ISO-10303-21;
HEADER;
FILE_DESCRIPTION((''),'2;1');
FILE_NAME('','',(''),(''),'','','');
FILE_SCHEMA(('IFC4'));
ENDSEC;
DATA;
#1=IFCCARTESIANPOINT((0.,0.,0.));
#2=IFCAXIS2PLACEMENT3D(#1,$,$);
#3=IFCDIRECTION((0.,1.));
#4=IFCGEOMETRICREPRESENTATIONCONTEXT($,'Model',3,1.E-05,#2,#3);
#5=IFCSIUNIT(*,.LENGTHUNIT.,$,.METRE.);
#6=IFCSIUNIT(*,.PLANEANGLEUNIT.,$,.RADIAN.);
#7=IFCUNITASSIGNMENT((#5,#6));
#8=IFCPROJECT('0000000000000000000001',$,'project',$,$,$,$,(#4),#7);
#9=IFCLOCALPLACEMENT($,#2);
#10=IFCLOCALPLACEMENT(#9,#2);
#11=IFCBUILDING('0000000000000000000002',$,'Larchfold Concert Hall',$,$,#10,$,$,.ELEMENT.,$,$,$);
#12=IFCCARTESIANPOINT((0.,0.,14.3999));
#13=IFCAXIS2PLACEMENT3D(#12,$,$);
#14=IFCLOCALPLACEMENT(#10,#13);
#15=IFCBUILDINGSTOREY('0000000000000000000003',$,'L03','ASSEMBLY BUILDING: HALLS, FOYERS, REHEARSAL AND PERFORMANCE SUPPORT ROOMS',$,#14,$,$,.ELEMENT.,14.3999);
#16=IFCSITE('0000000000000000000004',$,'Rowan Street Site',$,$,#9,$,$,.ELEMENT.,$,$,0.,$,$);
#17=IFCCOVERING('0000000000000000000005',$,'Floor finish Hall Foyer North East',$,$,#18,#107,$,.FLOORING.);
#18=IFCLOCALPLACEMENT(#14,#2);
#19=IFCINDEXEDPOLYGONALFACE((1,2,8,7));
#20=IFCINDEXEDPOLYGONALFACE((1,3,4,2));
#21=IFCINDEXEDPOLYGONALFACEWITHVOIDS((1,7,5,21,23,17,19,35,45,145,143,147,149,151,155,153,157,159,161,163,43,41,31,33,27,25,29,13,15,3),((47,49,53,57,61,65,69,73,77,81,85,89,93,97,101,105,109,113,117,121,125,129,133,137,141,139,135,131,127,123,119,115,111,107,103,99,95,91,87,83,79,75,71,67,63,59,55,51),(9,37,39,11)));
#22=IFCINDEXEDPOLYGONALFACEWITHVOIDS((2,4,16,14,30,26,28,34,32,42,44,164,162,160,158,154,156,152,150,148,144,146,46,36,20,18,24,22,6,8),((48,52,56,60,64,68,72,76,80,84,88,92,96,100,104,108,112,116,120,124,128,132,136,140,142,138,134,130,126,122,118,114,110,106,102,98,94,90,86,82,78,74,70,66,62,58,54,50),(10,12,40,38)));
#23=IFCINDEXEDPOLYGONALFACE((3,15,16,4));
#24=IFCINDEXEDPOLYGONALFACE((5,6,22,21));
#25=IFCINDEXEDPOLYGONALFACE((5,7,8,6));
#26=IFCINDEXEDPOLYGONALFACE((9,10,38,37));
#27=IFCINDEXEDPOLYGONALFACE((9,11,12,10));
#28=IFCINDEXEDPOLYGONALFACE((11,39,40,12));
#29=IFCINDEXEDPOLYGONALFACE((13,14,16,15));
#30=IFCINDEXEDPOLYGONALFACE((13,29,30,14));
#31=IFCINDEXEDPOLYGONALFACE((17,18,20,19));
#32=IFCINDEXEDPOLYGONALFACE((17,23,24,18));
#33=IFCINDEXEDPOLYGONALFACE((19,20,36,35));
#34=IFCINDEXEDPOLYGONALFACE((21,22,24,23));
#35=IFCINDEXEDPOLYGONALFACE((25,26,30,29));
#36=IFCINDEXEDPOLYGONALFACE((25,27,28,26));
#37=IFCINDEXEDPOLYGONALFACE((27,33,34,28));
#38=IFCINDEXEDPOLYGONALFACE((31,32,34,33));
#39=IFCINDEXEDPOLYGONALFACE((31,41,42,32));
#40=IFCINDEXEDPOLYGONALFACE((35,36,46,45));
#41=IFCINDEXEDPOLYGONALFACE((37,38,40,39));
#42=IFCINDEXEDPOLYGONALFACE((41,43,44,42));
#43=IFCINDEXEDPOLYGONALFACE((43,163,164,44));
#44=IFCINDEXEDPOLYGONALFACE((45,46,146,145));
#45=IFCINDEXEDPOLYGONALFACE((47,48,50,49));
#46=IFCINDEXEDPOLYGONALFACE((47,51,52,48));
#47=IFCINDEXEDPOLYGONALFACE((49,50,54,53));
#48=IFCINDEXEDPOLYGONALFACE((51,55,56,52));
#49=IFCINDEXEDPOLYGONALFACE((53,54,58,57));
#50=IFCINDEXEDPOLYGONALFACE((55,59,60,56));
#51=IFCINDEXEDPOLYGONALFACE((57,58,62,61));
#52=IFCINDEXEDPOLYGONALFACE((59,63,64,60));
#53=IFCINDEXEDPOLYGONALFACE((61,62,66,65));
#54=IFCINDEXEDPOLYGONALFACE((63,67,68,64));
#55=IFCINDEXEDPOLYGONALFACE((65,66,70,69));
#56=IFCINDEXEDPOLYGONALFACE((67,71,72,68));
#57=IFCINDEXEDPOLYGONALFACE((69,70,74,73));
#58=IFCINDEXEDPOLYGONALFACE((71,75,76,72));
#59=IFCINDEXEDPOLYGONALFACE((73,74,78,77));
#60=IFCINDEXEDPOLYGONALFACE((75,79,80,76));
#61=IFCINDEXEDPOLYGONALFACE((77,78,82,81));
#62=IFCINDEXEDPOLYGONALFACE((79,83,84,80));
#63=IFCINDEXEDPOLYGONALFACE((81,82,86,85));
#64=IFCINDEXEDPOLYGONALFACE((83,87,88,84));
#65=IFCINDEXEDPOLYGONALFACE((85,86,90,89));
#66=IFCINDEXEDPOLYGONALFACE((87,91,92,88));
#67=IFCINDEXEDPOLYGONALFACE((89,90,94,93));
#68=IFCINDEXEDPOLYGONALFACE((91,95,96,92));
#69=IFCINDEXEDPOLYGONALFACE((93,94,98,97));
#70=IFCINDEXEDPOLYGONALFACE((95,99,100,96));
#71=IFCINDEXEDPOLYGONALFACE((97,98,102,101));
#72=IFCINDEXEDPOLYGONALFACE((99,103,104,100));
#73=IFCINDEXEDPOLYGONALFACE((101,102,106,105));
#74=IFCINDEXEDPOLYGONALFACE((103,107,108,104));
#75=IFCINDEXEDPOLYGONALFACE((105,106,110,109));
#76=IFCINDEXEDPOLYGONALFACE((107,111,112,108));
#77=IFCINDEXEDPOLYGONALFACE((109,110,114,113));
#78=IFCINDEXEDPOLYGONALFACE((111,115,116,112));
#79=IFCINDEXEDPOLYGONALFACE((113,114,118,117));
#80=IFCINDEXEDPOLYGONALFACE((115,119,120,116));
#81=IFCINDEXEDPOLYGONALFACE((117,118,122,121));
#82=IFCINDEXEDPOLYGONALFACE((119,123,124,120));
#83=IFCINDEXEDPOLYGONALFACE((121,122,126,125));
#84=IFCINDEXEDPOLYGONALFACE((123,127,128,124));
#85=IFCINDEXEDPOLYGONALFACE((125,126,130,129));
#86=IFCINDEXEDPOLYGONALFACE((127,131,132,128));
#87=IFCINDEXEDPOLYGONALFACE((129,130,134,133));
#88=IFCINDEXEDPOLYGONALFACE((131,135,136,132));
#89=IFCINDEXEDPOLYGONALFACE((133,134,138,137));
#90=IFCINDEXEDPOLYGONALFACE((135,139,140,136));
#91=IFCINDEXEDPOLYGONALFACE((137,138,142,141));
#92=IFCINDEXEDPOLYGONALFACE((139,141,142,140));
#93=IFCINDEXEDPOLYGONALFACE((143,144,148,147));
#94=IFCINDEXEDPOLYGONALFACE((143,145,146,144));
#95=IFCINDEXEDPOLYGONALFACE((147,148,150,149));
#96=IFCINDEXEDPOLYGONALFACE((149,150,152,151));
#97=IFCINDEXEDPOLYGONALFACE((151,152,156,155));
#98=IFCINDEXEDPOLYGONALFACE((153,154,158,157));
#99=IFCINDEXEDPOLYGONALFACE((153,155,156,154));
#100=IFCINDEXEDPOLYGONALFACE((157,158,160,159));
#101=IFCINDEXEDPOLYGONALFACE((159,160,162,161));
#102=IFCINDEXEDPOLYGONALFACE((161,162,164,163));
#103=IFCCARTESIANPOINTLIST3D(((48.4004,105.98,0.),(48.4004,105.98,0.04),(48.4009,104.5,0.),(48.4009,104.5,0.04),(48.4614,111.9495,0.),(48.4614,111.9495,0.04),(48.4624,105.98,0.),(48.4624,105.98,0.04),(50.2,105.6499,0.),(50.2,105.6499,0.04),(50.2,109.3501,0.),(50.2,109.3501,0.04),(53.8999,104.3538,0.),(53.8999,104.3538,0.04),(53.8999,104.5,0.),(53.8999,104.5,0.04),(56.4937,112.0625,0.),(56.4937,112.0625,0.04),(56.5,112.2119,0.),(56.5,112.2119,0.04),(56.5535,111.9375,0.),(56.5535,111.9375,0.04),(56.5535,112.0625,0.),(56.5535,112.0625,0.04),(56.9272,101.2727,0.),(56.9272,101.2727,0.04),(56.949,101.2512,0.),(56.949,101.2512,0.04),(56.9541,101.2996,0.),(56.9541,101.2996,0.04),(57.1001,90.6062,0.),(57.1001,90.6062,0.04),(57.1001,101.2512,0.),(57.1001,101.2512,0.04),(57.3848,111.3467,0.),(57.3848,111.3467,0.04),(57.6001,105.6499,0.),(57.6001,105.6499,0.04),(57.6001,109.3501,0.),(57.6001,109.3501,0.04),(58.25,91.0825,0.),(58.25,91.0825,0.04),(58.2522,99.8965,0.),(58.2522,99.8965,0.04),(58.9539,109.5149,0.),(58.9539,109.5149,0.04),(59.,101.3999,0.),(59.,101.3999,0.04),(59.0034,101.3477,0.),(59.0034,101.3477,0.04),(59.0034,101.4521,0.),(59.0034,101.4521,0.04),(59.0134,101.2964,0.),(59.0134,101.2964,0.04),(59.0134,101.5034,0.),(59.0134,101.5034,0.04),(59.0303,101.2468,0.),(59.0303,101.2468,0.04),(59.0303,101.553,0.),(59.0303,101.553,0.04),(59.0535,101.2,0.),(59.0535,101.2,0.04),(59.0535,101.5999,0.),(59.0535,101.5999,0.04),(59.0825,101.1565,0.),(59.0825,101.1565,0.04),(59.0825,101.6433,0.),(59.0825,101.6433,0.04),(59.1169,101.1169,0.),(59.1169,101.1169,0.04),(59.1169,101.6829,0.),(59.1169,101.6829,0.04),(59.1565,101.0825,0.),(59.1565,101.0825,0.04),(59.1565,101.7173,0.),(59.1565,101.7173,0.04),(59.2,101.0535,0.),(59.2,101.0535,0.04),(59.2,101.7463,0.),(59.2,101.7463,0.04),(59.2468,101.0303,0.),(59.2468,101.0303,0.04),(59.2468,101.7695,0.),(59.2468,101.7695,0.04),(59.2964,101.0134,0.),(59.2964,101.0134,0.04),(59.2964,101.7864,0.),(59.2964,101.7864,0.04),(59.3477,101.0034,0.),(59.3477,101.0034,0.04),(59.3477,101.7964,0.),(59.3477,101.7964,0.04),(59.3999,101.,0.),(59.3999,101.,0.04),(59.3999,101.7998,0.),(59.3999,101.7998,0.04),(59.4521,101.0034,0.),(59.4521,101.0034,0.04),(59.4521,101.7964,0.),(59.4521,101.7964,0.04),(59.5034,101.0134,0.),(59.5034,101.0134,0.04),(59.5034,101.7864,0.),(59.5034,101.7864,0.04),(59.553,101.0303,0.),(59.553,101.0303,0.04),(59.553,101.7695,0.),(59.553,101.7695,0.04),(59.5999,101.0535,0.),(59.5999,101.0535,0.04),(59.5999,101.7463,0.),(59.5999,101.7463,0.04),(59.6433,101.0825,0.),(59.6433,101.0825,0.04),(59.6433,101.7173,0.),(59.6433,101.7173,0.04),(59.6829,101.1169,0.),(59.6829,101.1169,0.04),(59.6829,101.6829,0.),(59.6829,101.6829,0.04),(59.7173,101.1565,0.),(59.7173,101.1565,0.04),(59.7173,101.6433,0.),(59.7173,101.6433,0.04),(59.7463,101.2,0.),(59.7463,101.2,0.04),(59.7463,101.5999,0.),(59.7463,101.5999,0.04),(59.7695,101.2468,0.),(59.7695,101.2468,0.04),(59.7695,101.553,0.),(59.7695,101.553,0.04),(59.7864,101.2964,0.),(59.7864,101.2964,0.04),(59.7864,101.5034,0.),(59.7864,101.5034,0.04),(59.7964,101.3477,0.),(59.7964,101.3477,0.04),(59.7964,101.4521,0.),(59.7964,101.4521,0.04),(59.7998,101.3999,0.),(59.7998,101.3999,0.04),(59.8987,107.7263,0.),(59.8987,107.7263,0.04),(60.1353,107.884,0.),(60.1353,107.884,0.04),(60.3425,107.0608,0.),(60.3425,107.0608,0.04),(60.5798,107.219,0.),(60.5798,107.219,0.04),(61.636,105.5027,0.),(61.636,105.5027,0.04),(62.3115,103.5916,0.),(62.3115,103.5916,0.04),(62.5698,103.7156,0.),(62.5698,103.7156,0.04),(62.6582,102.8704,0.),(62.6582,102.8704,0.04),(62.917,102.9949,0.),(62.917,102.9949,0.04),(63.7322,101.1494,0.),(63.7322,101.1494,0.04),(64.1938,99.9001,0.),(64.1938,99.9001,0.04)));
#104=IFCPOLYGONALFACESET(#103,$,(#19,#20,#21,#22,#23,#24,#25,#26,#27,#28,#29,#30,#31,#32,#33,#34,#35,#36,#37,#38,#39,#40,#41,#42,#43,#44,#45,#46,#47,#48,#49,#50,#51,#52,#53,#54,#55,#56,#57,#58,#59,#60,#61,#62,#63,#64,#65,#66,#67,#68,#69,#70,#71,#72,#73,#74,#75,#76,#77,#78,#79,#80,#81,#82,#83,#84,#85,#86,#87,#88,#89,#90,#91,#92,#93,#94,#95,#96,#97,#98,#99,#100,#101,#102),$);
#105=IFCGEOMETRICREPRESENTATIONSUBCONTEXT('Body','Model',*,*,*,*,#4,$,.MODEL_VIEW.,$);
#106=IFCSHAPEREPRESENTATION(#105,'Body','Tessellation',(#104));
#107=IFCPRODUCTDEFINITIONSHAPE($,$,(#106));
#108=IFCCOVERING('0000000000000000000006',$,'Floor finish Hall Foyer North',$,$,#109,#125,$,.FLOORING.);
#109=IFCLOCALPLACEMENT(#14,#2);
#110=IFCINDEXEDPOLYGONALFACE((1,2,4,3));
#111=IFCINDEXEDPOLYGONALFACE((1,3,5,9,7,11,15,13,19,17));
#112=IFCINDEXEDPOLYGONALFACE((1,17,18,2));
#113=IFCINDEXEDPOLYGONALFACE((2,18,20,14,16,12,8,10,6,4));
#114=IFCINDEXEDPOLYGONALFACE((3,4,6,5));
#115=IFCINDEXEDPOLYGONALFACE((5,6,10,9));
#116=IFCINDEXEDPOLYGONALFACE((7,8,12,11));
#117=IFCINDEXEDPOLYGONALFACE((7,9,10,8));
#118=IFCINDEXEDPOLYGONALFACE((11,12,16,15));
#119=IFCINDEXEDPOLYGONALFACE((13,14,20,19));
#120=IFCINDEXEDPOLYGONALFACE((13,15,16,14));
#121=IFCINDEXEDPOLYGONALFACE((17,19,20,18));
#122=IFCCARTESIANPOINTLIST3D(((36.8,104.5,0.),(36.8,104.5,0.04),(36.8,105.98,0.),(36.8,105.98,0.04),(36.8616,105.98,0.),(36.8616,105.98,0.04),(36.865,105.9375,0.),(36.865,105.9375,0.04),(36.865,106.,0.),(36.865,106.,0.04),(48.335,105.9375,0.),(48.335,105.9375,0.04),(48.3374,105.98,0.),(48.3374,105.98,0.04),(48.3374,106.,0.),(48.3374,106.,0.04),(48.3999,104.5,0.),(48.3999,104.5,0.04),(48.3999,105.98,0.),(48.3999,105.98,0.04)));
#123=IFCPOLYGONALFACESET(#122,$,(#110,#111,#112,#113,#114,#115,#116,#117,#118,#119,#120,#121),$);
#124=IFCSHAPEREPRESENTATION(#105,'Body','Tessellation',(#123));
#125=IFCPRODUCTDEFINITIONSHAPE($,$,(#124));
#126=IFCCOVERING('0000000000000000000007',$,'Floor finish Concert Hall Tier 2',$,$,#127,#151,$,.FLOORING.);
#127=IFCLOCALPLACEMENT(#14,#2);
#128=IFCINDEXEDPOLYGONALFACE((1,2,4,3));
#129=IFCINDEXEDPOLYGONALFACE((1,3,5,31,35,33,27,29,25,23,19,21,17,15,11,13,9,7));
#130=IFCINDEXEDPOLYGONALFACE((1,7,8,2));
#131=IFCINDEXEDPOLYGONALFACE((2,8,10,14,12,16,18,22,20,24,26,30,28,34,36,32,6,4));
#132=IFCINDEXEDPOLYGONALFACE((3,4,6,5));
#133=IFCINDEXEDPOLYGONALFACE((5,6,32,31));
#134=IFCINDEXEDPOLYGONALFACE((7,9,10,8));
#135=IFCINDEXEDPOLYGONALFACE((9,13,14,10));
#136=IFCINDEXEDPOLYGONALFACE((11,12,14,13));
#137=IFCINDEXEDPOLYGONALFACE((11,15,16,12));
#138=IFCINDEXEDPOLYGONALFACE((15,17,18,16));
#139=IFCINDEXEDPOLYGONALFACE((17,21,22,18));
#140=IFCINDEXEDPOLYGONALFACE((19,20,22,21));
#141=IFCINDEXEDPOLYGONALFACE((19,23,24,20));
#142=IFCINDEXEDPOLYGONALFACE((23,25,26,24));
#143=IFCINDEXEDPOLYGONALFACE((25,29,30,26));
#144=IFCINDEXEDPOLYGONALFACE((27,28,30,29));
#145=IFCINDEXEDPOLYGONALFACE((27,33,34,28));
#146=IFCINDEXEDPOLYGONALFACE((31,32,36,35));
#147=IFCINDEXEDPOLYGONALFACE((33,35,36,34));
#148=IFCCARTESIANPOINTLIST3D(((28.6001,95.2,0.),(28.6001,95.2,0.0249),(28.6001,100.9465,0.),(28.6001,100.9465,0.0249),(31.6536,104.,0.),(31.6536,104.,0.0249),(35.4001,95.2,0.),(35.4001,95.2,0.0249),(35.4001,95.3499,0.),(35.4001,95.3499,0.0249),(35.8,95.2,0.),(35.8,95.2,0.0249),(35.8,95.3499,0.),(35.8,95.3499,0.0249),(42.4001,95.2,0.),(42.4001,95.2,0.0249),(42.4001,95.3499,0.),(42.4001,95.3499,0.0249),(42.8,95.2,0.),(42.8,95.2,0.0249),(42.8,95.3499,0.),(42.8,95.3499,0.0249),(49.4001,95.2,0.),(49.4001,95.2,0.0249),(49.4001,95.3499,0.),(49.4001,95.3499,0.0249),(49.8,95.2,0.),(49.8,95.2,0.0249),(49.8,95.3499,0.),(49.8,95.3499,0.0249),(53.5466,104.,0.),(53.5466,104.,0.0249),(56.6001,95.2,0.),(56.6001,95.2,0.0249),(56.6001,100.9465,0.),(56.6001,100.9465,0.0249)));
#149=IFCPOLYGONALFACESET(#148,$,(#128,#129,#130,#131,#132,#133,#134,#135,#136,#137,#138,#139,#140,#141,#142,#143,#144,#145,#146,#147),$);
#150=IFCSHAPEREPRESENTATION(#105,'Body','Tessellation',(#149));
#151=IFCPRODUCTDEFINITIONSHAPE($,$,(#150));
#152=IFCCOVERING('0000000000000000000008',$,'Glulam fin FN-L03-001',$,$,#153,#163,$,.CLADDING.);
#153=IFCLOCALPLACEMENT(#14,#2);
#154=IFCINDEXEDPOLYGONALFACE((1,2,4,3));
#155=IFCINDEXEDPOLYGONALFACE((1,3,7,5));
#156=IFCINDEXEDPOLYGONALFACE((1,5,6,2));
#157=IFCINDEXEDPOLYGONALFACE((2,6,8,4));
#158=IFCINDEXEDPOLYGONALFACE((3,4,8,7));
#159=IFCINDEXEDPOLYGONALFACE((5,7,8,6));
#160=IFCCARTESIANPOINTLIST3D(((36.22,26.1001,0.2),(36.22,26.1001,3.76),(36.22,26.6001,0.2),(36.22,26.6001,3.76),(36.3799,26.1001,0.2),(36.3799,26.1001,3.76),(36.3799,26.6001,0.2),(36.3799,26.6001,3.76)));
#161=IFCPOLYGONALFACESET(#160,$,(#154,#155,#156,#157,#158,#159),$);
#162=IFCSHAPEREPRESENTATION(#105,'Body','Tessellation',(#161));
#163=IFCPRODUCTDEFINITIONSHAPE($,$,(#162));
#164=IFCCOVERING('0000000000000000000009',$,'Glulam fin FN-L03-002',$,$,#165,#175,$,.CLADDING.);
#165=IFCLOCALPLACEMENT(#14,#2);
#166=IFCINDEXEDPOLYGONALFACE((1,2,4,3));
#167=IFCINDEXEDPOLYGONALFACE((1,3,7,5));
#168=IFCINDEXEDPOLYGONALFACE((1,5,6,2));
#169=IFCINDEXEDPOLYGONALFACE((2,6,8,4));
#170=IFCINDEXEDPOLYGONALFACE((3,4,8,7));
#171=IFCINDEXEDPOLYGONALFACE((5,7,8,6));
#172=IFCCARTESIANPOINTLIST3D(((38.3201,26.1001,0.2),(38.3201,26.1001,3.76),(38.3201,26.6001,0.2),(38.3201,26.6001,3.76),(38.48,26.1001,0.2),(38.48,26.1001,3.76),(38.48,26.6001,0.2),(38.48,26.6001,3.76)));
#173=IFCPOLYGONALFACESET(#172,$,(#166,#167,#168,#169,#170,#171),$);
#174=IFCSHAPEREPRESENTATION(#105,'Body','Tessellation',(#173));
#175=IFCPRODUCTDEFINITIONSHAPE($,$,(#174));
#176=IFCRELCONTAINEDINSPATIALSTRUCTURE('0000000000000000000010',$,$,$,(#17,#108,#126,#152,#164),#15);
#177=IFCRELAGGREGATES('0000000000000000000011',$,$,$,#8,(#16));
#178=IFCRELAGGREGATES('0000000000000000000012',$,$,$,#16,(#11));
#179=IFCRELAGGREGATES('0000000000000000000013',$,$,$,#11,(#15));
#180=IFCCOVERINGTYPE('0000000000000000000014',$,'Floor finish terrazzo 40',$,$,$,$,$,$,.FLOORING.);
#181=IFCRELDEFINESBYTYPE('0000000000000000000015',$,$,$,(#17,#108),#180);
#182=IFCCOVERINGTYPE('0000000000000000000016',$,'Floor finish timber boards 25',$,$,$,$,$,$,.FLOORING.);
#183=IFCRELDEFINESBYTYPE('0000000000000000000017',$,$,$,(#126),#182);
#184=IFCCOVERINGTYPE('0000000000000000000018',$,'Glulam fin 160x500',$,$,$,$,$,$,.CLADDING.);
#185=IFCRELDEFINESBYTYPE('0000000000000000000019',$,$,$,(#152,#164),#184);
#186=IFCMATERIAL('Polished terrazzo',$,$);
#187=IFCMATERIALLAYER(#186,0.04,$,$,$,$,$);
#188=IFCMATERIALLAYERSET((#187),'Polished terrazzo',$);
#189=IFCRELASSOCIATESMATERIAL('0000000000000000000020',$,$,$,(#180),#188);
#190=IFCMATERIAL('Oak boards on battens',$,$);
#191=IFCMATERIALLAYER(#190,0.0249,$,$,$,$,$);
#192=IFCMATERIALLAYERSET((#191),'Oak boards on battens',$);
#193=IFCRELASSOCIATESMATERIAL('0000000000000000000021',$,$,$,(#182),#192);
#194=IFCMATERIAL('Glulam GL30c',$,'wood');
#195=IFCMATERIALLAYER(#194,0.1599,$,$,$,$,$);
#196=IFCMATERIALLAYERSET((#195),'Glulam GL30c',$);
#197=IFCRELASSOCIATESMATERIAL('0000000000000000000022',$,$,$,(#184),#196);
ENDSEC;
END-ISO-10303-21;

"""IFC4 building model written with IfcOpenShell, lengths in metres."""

from ifc_helpers import new_model, si_unit, direction, frame, origin, place, context, subcontext, project, spatial, polyline, outline, extrude, material, layer, layer_set, type_object, element, save


model = new_model("IFC4")

# Units and contexts
model_context = context("Model", 3, precision=1e-05, world=origin(), true_north=direction((0.0, 1.0)))
body_context = subcontext(model_context, "Body", "Model", "MODEL_VIEW")
ifc_project = project(units=[si_unit("LENGTHUNIT", "METRE"), si_unit("PLANEANGLEUNIT", "RADIAN")], contexts=[model_context])

# Site, building, storey
site_placement = place(None, origin())
site = spatial("IfcSite", under=ifc_project, at=site_placement, Name="Rowan Street Site", CompositionType="ELEMENT", RefElevation=0.0)
building_placement = place(site_placement, origin())
building = spatial("IfcBuilding", under=site, at=building_placement, Name="Larchfold Concert Hall", CompositionType="ELEMENT")
storey_placement = place(building_placement, frame((0.0, 0.0, 14.3999)))
storey = spatial("IfcBuildingStorey", under=building, at=storey_placement, Name="L03", Description="ASSEMBLY BUILDING: HALLS, FOYERS, REHEARSAL AND PERFORMANCE SUPPORT ROOMS", CompositionType="ELEMENT", Elevation=14.3999)

# Coverings
ifc_material_1 = material(Name="Polished terrazzo")
ifc_layer_1 = layer(ifc_material_1, 0.04)
ifc_layer_set_1 = layer_set([ifc_layer_1], Name="Polished terrazzo")
covering_type_1 = type_object("IfcCoveringType", Name="Floor finish terrazzo 40", PredefinedType="FLOORING", material=ifc_layer_set_1)
covering_1_placement = place(storey_placement, origin())
element("IfcCovering", 1, at=covering_1_placement, inside=storey, type_object=covering_type_1, Name="Floor finish Hall Foyer North East", PredefinedType="FLOORING", context=body_context, shape_type="SweptSolid", body=[
    extrude(outline(polyline([(48.4004, 105.98), (48.4009, 104.5), (53.8999, 104.5), (53.8999, 104.3538), (56.9541, 101.2996), (56.9272, 101.2727), (56.949, 101.2512), (57.1001, 101.2512), (57.1001, 90.6062), (58.25, 91.0825), (58.2522, 99.8965), (64.1938, 99.9001), (63.7322, 101.1494), (62.917, 102.9949), (62.6582, 102.8704), (62.3115, 103.5916), (62.5698, 103.7156), (61.636, 105.5027), (60.5798, 107.219), (60.3425, 107.0608), (59.8987, 107.7263), (60.1353, 107.884), (58.9539, 109.5149), (57.3848, 111.3467), (56.5, 112.2119), (56.4937, 112.0625), (56.5535, 112.0625), (56.5535, 111.9375), (48.4614, 111.9495), (48.4624, 105.98), (48.4004, 105.98)]), holes=[polyline([(59.2, 101.0535), (59.1565, 101.0825), (59.1169, 101.1169), (59.0825, 101.1565), (59.0535, 101.2), (59.0303, 101.2468), (59.0134, 101.2964), (59.0034, 101.3477), (59.0, 101.3999), (59.0034, 101.4521), (59.0134, 101.5034), (59.0303, 101.553), (59.0535, 101.5999), (59.0825, 101.6433), (59.1169, 101.6829), (59.1565, 101.7173), (59.2, 101.7463), (59.2468, 101.7695), (59.2964, 101.7864), (59.3477, 101.7964), (59.3999, 101.7998), (59.4521, 101.7964), (59.5034, 101.7864), (59.553, 101.7695), (59.5999, 101.7463), (59.6433, 101.7173), (59.6829, 101.6829), (59.7173, 101.6433), (59.7463, 101.5999), (59.7695, 101.553), (59.7864, 101.5034), (59.7964, 101.4521), (59.7998, 101.3999), (59.7964, 101.3477), (59.7864, 101.2964), (59.7695, 101.2468), (59.7463, 101.2), (59.7173, 101.1565), (59.6829, 101.1169), (59.6433, 101.0825), (59.5999, 101.0535), (59.553, 101.0303), (59.5034, 101.0134), (59.4521, 101.0034), (59.3999, 101.0), (59.3477, 101.0034), (59.2964, 101.0134), (59.2468, 101.0303), (59.2, 101.0535)]), polyline([(50.2, 105.6499), (50.2, 109.3501), (57.6001, 109.3501), (57.6001, 105.6499), (50.2, 105.6499)])]), origin(), (0.0, 0.0, 1.0), 0.04),
])
covering_2_placement = place(storey_placement, origin())
element("IfcCovering", 2, at=covering_2_placement, inside=storey, type_object=covering_type_1, Name="Floor finish Hall Foyer North", PredefinedType="FLOORING", context=body_context, shape_type="SweptSolid", body=[
    extrude(outline(polyline([(36.865, 106.0), (36.8616, 105.98), (36.8, 105.98), (36.8, 104.5), (48.3999, 104.5), (48.3999, 105.98), (48.3374, 105.98), (48.3374, 106.0), (48.335, 105.9375), (36.865, 105.9375), (36.865, 106.0)])), origin(), (0.0, 0.0, 1.0), 0.04),
])
ifc_material_2 = material(Name="Oak boards on battens")
ifc_layer_2 = layer(ifc_material_2, 0.0249)
ifc_layer_set_2 = layer_set([ifc_layer_2], Name="Oak boards on battens")
covering_type_2 = type_object("IfcCoveringType", Name="Floor finish timber boards 25", PredefinedType="FLOORING", material=ifc_layer_set_2)
covering_3_placement = place(storey_placement, origin())
element("IfcCovering", 3, at=covering_3_placement, inside=storey, type_object=covering_type_2, Name="Floor finish Concert Hall Tier 2", PredefinedType="FLOORING", context=body_context, shape_type="SweptSolid", body=[
    extrude(outline(polyline([(53.5466, 104.0), (31.6536, 104.0), (28.6001, 100.9465), (28.6001, 95.2), (35.4001, 95.2), (35.4001, 95.3499), (35.8, 95.3499), (35.8, 95.2), (42.4001, 95.2), (42.4001, 95.3499), (42.8, 95.3499), (42.8, 95.2), (49.4001, 95.2), (49.4001, 95.3499), (49.8, 95.3499), (49.8, 95.2), (56.6001, 95.2), (56.6001, 100.9465), (53.5466, 104.0)])), origin(), (0.0, 0.0, 1.0), 0.0249),
])
ifc_material_3 = material(Name="Glulam GL30c", Category="wood")
ifc_layer_3 = layer(ifc_material_3, 0.1599)
ifc_layer_set_3 = layer_set([ifc_layer_3], Name="Glulam GL30c")
covering_type_3 = type_object("IfcCoveringType", Name="Glulam fin 160x500", PredefinedType="CLADDING", material=ifc_layer_set_3)
covering_4_placement = place(storey_placement, frame((0.0, 0.0, 0.2)))
element("IfcCovering", 4, at=covering_4_placement, inside=storey, type_object=covering_type_3, Name="Glulam fin FN-L03-001", PredefinedType="CLADDING", context=body_context, shape_type="SweptSolid", body=[
    extrude(outline(polyline([(36.3799, 26.1001), (36.3799, 26.6001), (36.22, 26.6001), (36.22, 26.1001), (36.3799, 26.1001)])), origin(), (0.0, 0.0, 1.0), 3.5601),
])
covering_5_placement = place(storey_placement, frame((0.0, 0.0, 0.2)))
element("IfcCovering", 5, at=covering_5_placement, inside=storey, type_object=covering_type_3, Name="Glulam fin FN-L03-002", PredefinedType="CLADDING", context=body_context, shape_type="SweptSolid", body=[
    extrude(outline(polyline([(38.48, 26.1001), (38.48, 26.6001), (38.3201, 26.6001), (38.3201, 26.1001), (38.48, 26.1001)])), origin(), (0.0, 0.0, 1.0), 3.5601),
])

save(model, "model.ifc")
